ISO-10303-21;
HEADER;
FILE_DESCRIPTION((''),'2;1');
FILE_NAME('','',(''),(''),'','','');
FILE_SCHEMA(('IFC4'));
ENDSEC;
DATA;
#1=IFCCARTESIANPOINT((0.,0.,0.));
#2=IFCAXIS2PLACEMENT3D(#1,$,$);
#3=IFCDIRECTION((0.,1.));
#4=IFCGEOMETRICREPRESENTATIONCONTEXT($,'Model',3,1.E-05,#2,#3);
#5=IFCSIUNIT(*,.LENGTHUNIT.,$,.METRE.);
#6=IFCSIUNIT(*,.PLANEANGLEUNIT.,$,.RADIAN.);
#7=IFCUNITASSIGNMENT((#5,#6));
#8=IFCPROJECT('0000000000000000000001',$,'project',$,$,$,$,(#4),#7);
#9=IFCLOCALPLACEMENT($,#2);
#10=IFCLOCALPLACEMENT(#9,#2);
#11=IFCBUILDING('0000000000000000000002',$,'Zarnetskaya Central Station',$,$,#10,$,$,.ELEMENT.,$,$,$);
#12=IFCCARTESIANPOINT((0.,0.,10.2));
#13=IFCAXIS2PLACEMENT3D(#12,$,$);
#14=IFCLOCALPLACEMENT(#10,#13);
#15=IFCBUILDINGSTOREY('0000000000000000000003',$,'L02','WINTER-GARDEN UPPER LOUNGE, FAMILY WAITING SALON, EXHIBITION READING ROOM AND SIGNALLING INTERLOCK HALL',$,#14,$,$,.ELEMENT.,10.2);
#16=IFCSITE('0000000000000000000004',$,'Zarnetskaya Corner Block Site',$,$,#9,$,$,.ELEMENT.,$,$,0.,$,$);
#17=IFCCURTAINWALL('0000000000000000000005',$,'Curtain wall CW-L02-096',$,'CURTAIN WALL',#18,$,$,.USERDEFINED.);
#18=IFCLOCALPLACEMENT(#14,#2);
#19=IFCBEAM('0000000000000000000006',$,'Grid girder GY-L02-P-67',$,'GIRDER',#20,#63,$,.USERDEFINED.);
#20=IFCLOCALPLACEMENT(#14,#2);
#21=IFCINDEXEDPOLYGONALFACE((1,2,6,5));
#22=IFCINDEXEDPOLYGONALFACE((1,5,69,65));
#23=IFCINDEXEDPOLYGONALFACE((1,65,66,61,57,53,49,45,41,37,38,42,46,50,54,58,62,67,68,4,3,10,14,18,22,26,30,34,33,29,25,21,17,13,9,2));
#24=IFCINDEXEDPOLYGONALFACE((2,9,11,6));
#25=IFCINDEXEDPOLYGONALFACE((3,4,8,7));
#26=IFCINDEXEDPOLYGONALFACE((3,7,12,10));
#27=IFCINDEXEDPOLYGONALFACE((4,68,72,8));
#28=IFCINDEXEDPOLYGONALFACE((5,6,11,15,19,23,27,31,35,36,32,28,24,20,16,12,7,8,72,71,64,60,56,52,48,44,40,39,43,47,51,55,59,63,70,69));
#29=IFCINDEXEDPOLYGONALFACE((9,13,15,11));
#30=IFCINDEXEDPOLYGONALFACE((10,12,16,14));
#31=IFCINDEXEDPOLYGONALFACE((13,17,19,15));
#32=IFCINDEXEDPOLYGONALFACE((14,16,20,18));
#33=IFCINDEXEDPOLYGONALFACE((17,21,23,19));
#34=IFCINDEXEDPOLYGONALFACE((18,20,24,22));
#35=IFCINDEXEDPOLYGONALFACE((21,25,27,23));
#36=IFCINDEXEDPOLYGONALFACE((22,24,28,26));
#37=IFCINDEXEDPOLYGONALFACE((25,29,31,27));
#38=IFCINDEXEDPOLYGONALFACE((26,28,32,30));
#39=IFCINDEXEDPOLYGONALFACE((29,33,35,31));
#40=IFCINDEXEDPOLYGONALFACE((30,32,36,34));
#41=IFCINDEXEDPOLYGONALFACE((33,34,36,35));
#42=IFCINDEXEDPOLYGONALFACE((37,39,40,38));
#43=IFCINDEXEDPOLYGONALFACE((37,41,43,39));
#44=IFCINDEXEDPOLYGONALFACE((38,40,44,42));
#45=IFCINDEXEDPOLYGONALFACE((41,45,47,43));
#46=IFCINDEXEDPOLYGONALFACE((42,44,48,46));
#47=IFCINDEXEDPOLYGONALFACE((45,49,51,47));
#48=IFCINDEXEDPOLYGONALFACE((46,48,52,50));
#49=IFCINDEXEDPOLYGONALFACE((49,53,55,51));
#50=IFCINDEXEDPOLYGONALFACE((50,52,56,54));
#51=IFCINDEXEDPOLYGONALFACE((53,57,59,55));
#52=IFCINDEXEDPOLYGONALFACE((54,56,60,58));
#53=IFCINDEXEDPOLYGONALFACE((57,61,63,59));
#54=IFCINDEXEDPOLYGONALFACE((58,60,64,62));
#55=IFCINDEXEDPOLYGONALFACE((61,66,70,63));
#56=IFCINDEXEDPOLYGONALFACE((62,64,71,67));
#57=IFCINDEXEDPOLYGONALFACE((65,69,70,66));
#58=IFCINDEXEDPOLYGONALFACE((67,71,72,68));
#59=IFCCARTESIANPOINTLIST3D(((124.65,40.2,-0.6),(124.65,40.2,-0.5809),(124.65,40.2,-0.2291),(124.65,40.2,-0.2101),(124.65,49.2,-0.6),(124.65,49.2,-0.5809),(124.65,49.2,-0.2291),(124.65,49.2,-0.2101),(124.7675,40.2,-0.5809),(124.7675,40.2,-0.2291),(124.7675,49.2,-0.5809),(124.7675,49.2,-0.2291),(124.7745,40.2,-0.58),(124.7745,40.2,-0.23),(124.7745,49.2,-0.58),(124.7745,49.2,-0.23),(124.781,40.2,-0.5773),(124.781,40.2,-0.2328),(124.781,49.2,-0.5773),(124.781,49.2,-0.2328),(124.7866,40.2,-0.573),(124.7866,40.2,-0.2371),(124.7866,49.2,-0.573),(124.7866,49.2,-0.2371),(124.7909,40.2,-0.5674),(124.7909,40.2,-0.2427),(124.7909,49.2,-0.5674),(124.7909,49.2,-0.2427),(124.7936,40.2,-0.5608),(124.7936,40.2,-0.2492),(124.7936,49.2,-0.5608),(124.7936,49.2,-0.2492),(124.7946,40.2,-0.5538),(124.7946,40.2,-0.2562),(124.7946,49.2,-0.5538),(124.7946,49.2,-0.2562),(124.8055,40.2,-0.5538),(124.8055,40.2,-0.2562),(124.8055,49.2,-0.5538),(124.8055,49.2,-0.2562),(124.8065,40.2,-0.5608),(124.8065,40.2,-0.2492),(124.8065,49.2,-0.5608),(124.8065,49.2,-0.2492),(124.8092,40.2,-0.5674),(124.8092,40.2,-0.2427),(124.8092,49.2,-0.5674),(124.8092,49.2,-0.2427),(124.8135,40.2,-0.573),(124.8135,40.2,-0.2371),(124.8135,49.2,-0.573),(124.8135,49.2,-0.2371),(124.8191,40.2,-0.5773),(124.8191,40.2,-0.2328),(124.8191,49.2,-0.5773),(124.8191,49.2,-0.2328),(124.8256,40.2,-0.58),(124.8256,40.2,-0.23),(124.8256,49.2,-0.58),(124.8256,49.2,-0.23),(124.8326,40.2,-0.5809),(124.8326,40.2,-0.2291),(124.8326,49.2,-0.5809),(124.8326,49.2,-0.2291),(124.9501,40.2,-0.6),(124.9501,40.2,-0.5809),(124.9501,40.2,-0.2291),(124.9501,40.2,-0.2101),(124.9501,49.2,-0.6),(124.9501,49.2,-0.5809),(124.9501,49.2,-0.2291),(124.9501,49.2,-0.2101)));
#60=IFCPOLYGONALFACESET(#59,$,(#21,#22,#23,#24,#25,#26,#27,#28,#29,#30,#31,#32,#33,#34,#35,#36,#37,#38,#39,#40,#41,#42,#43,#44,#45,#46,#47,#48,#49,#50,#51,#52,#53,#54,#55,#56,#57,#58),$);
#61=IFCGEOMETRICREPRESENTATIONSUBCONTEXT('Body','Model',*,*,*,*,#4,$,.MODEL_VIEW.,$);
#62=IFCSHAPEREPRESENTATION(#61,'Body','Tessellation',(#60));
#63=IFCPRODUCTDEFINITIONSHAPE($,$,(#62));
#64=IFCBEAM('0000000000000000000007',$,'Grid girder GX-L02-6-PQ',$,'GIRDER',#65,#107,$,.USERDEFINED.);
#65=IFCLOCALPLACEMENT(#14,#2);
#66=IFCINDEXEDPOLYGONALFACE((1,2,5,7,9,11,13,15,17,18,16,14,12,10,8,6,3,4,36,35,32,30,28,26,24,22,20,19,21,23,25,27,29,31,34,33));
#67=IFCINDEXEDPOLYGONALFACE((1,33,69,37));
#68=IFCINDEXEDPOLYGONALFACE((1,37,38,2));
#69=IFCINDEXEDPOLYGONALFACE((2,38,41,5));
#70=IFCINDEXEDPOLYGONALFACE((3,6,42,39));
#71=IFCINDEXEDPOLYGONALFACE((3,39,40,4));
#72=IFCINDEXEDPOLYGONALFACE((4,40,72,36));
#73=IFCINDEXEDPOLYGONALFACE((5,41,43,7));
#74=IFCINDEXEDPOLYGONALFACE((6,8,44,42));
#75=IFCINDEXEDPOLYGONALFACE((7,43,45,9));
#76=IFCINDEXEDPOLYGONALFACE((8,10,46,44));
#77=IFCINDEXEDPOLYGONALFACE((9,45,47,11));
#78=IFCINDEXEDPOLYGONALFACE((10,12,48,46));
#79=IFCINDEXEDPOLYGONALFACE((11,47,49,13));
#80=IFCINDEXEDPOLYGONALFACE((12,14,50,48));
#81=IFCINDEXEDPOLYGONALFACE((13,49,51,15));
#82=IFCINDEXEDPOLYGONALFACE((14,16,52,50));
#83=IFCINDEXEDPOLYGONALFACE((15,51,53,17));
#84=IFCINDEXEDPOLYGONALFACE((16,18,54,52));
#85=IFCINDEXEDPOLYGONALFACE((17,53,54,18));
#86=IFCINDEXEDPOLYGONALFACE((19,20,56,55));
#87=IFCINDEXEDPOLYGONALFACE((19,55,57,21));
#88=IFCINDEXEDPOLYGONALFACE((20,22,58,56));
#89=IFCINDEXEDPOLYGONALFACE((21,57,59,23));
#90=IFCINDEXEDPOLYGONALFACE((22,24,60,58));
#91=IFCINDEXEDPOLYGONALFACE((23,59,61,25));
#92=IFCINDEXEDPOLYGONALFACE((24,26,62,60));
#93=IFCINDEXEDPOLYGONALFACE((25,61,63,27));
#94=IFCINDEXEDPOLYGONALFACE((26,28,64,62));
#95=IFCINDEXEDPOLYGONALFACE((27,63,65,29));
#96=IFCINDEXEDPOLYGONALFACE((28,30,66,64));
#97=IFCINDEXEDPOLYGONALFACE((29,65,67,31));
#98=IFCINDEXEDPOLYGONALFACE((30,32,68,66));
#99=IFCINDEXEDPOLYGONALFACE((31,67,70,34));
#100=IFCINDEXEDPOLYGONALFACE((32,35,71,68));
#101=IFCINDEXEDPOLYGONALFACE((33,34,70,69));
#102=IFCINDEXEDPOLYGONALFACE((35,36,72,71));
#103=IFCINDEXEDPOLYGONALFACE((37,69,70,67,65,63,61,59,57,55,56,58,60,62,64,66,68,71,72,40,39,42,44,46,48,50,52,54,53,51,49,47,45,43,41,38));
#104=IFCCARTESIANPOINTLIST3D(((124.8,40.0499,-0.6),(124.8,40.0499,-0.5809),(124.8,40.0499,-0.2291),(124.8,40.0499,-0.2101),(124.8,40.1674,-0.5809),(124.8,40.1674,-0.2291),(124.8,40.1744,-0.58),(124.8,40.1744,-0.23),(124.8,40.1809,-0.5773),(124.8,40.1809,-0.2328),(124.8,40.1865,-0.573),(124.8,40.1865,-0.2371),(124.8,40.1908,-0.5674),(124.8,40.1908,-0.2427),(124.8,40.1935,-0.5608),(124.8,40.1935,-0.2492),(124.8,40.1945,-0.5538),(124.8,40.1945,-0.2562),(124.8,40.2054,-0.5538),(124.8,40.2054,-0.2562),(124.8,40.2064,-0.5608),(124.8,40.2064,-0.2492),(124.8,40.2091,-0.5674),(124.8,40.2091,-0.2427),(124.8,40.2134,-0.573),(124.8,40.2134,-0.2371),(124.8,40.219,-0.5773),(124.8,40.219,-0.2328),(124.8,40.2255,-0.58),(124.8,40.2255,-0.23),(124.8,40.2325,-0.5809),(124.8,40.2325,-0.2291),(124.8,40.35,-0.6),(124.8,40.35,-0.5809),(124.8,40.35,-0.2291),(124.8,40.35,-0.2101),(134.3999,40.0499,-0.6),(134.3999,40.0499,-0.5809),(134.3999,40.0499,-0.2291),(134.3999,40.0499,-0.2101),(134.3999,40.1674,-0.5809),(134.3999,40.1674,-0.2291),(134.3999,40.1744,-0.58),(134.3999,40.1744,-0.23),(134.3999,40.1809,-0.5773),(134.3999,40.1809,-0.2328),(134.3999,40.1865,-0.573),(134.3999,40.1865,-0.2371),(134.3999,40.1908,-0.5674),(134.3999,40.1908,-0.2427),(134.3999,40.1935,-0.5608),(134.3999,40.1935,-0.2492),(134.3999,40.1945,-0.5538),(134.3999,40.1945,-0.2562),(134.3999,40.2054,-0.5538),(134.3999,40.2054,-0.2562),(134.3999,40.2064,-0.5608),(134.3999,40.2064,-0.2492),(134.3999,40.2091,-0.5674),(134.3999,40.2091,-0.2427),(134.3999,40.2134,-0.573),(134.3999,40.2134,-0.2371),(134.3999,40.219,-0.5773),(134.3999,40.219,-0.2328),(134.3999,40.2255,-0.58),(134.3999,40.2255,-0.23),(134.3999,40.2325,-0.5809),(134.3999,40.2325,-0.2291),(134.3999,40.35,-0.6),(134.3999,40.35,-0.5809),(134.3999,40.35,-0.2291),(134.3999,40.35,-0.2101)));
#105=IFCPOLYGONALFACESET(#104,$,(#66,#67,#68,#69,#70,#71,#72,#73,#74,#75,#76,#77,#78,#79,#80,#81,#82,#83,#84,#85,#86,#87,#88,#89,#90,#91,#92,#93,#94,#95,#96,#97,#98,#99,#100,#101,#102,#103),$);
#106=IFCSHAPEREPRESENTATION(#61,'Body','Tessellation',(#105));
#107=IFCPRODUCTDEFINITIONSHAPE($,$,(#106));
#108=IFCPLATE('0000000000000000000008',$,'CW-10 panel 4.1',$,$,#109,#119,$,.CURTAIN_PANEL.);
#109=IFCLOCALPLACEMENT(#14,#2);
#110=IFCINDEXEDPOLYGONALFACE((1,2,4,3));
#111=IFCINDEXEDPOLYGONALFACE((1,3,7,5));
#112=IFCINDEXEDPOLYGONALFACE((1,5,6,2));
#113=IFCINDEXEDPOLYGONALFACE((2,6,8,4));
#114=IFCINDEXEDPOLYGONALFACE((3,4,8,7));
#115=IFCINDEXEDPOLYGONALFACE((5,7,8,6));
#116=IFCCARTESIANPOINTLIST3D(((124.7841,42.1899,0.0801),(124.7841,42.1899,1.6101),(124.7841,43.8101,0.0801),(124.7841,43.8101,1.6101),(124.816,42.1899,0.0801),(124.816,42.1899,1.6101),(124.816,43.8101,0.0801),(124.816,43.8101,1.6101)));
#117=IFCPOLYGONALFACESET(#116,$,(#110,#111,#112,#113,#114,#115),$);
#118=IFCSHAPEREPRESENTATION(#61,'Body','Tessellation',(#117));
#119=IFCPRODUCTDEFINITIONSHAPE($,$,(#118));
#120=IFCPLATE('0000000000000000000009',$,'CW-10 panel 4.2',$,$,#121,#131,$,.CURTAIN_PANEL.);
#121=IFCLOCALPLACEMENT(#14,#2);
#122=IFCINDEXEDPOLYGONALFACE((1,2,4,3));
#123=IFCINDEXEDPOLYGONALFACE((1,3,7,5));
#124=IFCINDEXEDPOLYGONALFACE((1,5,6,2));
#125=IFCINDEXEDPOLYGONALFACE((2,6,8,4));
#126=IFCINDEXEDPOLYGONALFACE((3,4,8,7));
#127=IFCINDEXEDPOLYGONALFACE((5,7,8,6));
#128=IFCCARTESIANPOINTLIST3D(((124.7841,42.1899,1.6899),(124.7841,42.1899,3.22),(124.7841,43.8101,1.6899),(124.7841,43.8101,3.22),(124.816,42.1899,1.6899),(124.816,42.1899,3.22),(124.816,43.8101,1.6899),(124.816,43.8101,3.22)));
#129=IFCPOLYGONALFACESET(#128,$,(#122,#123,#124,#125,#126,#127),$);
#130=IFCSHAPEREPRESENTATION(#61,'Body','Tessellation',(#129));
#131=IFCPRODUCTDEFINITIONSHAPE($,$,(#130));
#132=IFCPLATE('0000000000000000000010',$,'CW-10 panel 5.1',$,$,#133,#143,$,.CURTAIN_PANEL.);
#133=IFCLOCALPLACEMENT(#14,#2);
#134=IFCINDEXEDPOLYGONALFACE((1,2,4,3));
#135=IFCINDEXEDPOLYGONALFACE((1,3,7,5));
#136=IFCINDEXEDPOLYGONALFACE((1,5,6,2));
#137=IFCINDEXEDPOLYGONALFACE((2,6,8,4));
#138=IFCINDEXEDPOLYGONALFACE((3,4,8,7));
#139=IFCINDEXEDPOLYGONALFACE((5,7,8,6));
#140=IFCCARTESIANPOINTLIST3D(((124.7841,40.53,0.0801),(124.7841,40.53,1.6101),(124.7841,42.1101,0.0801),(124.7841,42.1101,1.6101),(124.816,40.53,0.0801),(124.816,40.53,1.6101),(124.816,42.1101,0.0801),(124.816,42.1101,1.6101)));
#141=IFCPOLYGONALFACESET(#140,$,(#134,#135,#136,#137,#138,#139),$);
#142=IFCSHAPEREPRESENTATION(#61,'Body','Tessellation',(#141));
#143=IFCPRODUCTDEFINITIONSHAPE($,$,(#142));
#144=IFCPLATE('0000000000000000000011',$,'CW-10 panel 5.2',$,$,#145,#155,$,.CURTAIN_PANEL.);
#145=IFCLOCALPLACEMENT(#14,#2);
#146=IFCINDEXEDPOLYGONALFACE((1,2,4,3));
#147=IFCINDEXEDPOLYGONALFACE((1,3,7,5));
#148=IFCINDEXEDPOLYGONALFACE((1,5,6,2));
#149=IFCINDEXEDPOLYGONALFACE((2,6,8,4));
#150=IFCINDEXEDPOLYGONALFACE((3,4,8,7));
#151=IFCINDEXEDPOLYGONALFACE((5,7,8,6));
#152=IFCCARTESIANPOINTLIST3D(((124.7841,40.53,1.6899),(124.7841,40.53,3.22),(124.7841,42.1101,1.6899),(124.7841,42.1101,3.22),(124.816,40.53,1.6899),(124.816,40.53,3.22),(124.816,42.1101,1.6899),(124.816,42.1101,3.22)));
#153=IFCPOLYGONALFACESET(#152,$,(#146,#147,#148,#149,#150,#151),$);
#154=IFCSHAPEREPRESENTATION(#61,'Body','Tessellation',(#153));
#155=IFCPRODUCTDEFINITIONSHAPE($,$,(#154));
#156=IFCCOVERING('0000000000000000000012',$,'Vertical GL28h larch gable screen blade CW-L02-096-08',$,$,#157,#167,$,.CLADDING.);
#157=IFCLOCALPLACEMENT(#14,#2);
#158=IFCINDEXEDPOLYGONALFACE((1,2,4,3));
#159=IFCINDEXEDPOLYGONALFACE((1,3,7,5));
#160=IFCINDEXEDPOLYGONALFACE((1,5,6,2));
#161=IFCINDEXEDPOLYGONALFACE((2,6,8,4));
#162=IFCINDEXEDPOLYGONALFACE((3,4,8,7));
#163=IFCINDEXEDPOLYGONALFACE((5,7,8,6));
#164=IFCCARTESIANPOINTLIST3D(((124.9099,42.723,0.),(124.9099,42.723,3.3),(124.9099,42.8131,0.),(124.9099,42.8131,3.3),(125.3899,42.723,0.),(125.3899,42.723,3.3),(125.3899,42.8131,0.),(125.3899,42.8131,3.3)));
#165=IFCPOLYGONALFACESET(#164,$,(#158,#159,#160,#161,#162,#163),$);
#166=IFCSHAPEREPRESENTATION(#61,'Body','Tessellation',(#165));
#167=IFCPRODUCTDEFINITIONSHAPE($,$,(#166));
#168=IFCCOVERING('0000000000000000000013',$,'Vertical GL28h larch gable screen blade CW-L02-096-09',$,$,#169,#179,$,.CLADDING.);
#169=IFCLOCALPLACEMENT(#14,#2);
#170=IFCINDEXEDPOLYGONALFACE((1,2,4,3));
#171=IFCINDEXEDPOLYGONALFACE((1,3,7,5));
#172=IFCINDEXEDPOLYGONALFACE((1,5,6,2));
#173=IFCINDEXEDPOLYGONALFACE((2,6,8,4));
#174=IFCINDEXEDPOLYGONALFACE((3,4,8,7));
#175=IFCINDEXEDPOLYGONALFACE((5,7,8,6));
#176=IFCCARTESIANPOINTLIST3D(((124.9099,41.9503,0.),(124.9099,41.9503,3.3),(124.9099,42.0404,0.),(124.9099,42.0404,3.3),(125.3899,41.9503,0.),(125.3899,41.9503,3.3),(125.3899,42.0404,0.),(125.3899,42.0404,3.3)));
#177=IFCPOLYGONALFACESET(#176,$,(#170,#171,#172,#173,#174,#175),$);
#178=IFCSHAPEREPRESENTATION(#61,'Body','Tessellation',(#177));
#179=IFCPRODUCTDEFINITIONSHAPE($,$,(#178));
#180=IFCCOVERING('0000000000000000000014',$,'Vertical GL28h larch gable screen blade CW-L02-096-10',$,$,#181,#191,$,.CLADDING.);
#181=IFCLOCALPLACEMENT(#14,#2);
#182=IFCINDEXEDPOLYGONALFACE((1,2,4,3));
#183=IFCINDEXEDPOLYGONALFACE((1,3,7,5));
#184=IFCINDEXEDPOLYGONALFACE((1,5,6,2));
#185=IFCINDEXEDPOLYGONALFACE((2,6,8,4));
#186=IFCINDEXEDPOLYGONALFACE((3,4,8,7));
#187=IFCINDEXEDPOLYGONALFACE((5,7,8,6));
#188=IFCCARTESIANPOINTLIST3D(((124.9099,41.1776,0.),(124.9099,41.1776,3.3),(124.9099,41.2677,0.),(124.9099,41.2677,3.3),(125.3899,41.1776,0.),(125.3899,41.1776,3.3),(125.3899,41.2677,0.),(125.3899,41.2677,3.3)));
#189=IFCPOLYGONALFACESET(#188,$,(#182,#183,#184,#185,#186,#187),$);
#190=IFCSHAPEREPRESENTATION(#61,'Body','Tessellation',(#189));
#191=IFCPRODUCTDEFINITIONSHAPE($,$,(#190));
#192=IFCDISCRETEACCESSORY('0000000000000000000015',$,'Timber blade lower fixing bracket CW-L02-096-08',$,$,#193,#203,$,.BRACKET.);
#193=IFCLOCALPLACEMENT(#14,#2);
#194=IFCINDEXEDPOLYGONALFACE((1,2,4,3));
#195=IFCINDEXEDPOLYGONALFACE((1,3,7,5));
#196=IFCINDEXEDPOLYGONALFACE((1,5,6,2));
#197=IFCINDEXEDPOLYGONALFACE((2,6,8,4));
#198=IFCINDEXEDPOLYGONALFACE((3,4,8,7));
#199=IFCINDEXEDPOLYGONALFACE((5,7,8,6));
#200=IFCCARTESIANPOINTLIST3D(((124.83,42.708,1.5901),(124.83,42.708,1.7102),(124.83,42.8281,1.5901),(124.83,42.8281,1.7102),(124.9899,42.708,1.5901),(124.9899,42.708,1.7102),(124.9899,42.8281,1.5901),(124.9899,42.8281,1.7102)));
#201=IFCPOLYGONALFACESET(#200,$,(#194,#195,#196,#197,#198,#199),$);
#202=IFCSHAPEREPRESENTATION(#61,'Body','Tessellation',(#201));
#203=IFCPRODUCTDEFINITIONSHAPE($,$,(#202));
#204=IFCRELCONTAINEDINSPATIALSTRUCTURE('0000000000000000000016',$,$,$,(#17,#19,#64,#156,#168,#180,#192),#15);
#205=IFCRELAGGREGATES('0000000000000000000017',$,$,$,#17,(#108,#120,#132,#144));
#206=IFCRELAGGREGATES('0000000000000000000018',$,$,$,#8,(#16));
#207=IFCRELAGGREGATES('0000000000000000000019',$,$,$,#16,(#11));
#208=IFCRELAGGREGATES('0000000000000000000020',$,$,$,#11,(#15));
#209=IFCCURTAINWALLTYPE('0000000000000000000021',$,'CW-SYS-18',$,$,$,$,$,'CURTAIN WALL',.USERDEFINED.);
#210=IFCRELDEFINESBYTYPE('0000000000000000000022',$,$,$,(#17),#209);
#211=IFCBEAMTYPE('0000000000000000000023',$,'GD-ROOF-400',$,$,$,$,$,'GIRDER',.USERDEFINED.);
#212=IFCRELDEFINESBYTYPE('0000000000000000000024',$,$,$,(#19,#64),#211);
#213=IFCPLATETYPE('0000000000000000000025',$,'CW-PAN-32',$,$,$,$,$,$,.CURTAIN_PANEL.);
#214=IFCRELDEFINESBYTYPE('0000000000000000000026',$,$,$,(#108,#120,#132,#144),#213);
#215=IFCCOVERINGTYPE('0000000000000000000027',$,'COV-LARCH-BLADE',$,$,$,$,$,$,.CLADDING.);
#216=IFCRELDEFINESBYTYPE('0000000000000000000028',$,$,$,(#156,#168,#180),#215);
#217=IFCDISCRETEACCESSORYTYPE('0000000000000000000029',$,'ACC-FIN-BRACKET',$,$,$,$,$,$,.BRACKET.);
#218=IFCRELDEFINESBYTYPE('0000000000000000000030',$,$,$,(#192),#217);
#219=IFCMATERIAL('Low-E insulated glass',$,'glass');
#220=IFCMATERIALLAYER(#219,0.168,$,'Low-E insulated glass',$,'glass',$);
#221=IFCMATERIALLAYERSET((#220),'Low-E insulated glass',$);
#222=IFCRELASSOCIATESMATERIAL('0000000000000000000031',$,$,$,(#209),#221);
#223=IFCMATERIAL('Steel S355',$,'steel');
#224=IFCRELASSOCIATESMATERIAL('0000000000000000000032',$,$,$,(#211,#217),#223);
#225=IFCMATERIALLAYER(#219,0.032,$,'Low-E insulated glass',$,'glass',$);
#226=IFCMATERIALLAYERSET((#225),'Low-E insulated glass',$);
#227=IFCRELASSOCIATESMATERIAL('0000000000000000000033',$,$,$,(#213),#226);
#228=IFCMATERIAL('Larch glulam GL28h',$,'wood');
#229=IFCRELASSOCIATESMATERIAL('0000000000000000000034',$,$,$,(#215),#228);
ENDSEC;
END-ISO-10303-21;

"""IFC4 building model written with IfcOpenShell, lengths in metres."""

from ifc_helpers import new_model, si_unit, direction, frame, origin, origin_2d, place, context, subcontext, project, spatial, rectangle, i_section, extrude, material, layer, layer_set, material_profile, profile_set, type_object, element, aggregate, save


model = new_model("IFC4")

# Units and contexts
model_context = context("Model", 3, precision=1e-05, world=origin(), true_north=direction((0.0, 1.0)))
body_context = subcontext(model_context, "Body", "Model", "MODEL_VIEW")
ifc_project = project(units=[si_unit("LENGTHUNIT", "METRE"), si_unit("PLANEANGLEUNIT", "RADIAN")], contexts=[model_context])

# Site, building, storey
site_placement = place(None, origin())
site = spatial("IfcSite", under=ifc_project, at=site_placement, Name="Zarnetskaya Corner Block Site", CompositionType="ELEMENT", RefElevation=0.0)
building_placement = place(site_placement, origin())
building = spatial("IfcBuilding", under=site, at=building_placement, Name="Zarnetskaya Central Station", CompositionType="ELEMENT")
storey_placement = place(building_placement, frame((0.0, 0.0, 10.2)))
storey = spatial("IfcBuildingStorey", under=building, at=storey_placement, Name="L02", Description="WINTER-GARDEN UPPER LOUNGE, FAMILY WAITING SALON, EXHIBITION READING ROOM AND SIGNALLING INTERLOCK HALL", CompositionType="ELEMENT", Elevation=10.2)

# Shared definitions
ifc_material_1 = material(Name="Steel S355", Category="steel")

# Shared definitions
ifc_material_2 = material(Name="Low-E insulated glass", Category="glass")
ifc_layer_1 = layer(ifc_material_2, 0.168, Name="Low-E insulated glass", Category="glass")
ifc_layer_set_1 = layer_set([ifc_layer_1], Name="Low-E insulated glass")
curtain_wall_type = type_object("IfcCurtainWallType", Name="CW-SYS-18", ElementType="CURTAIN WALL", PredefinedType="USERDEFINED", material=ifc_layer_set_1)

# Curtain wall
curtain_wall_1_placement = place(storey_placement, origin())
curtain_wall_1 = element("IfcCurtainWall", 1, at=curtain_wall_1_placement, inside=storey, type_object=curtain_wall_type, Name="Curtain wall CW-L02-096", ObjectType="CURTAIN WALL", PredefinedType="USERDEFINED")

# Beams
ifc_material_profile_1 = material_profile(ifc_material_1, i_section(OverallWidth=0.3, OverallDepth=0.3899, WebThickness=0.011, FlangeThickness=0.019, FilletRadius=0.0271, at=origin_2d()), Name="HEA 400")
ifc_profile_set_1 = profile_set([ifc_material_profile_1], Name="Steel S355")
beam_type_1 = type_object("IfcBeamType", Name="GD-ROOF-400", ElementType="GIRDER", PredefinedType="USERDEFINED", material=ifc_profile_set_1)
beam_1_placement = place(storey_placement, frame((124.8, 40.2, -0.405), z_axis=(0.0, 1.0, 0.0), x_axis=(-1.0, 0.0, 0.0)))
element("IfcBeam", 2, at=beam_1_placement, inside=storey, type_object=beam_type_1, Name="Grid girder GY-L02-P-67", ObjectType="GIRDER", PredefinedType="USERDEFINED", context=body_context, shape_type="SweptSolid", body=[
    extrude(i_section(OverallWidth=0.3, OverallDepth=0.3899, WebThickness=0.011, FlangeThickness=0.019, FilletRadius=0.0271, at=origin_2d()), origin(), (0.0, 0.0, 1.0), 9.0),
])
beam_2_placement = place(storey_placement, frame((124.8, 40.2, -0.405), z_axis=(1.0, 0.0, 0.0), x_axis=(0.0, 1.0, 0.0)))
element("IfcBeam", 3, at=beam_2_placement, inside=storey, type_object=beam_type_1, Name="Grid girder GX-L02-6-PQ", ObjectType="GIRDER", PredefinedType="USERDEFINED", context=body_context, shape_type="SweptSolid", body=[
    extrude(i_section(OverallWidth=0.3, OverallDepth=0.3899, WebThickness=0.011, FlangeThickness=0.019, FilletRadius=0.0271, at=origin_2d()), origin(), (0.0, 0.0, 1.0), 9.5999),
])

# Plates
ifc_layer_2 = layer(ifc_material_2, 0.032, Name="Low-E insulated glass", Category="glass")
ifc_layer_set_2 = layer_set([ifc_layer_2], Name="Low-E insulated glass")
plate_type = type_object("IfcPlateType", Name="CW-PAN-32", PredefinedType="CURTAIN_PANEL", material=ifc_layer_set_2)
plate_1_placement = place(storey_placement, frame((124.8, 43.0, 0.0801), z_axis=(0.0, 0.0, 1.0), x_axis=(0.0, -1.0, 0.0)))
plate_1 = element("IfcPlate", 4, at=plate_1_placement, type_object=plate_type, Name="CW-10 panel 4.1", PredefinedType="CURTAIN_PANEL", context=body_context, shape_type="SweptSolid", body=[
    extrude(rectangle(XDim=1.6201, YDim=0.032, at=origin_2d()), origin(), (0.0, 0.0, 1.0), 1.53),
])
plate_2_placement = place(storey_placement, frame((124.8, 43.0, 1.6899), z_axis=(0.0, 0.0, 1.0), x_axis=(0.0, -1.0, 0.0)))
plate_2 = element("IfcPlate", 5, at=plate_2_placement, type_object=plate_type, Name="CW-10 panel 4.2", PredefinedType="CURTAIN_PANEL", context=body_context, shape_type="SweptSolid", body=[
    extrude(rectangle(XDim=1.6201, YDim=0.032, at=origin_2d()), origin(), (0.0, 0.0, 1.0), 1.53),
])
plate_3_placement = place(storey_placement, frame((124.8, 41.3201, 0.0801), z_axis=(0.0, 0.0, 1.0), x_axis=(0.0, -1.0, 0.0)))
plate_3 = element("IfcPlate", 6, at=plate_3_placement, type_object=plate_type, Name="CW-10 panel 5.1", PredefinedType="CURTAIN_PANEL", context=body_context, shape_type="SweptSolid", body=[
    extrude(rectangle(XDim=1.5801, YDim=0.032, at=origin_2d()), origin(), (0.0, 0.0, 1.0), 1.53),
])
plate_4_placement = place(storey_placement, frame((124.8, 41.3201, 1.6899), z_axis=(0.0, 0.0, 1.0), x_axis=(0.0, -1.0, 0.0)))
plate_4 = element("IfcPlate", 7, at=plate_4_placement, type_object=plate_type, Name="CW-10 panel 5.2", PredefinedType="CURTAIN_PANEL", context=body_context, shape_type="SweptSolid", body=[
    extrude(rectangle(XDim=1.5801, YDim=0.032, at=origin_2d()), origin(), (0.0, 0.0, 1.0), 1.53),
])
aggregate(curtain_wall_1, [plate_1, plate_2, plate_3, plate_4])

# Coverings
ifc_material_3 = material(Name="Larch glulam GL28h", Category="wood")
covering_type = type_object("IfcCoveringType", Name="COV-LARCH-BLADE", PredefinedType="CLADDING", material=ifc_material_3)
for number, where, z_axis, x_axis, name in (
    (8, (125.1499, 42.7681, 0.0), (0.0, 0.0, 1.0), (0.0, -1.0, 0.0), "Vertical GL28h larch gable screen blade CW-L02-096-08"),
    (9, (125.1499, 41.9954, 0.0), (0.0, 0.0, 1.0), (0.0, -1.0, 0.0), "Vertical GL28h larch gable screen blade CW-L02-096-09"),
    (10, (125.1499, 41.2227, 0.0), (0.0, 0.0, 1.0), (0.0, -1.0, 0.0), "Vertical GL28h larch gable screen blade CW-L02-096-10"),
):
    element("IfcCovering", number, at=place(storey_placement, frame(where, z_axis=z_axis, x_axis=x_axis)), inside=storey, type_object=covering_type, Name=name, PredefinedType="CLADDING", context=body_context, shape_type="SweptSolid", body=[
        extrude(rectangle(XDim=0.0901, YDim=0.48, at=origin_2d()), origin(), (0.0, 0.0, 1.0), 3.3),
    ])

# Discrete accessory
discrete_accessory_type = type_object("IfcDiscreteAccessoryType", Name="ACC-FIN-BRACKET", PredefinedType="BRACKET", material=ifc_material_1)
for number, where, z_axis, x_axis, name in (
    (11, (124.9099, 42.7681, 1.5901), (0.0, 0.0, 1.0), (0.0, -1.0, 0.0), "Timber blade lower fixing bracket CW-L02-096-08"),
):
    element("IfcDiscreteAccessory", number, at=place(storey_placement, frame(where, z_axis=z_axis, x_axis=x_axis)), inside=storey, type_object=discrete_accessory_type, Name=name, PredefinedType="BRACKET", context=body_context, shape_type="SweptSolid", body=[
        extrude(rectangle(XDim=0.1201, YDim=0.1599, at=origin_2d()), origin(), (0.0, 0.0, 1.0), 0.1201),
    ])

save(model, "model.ifc")
